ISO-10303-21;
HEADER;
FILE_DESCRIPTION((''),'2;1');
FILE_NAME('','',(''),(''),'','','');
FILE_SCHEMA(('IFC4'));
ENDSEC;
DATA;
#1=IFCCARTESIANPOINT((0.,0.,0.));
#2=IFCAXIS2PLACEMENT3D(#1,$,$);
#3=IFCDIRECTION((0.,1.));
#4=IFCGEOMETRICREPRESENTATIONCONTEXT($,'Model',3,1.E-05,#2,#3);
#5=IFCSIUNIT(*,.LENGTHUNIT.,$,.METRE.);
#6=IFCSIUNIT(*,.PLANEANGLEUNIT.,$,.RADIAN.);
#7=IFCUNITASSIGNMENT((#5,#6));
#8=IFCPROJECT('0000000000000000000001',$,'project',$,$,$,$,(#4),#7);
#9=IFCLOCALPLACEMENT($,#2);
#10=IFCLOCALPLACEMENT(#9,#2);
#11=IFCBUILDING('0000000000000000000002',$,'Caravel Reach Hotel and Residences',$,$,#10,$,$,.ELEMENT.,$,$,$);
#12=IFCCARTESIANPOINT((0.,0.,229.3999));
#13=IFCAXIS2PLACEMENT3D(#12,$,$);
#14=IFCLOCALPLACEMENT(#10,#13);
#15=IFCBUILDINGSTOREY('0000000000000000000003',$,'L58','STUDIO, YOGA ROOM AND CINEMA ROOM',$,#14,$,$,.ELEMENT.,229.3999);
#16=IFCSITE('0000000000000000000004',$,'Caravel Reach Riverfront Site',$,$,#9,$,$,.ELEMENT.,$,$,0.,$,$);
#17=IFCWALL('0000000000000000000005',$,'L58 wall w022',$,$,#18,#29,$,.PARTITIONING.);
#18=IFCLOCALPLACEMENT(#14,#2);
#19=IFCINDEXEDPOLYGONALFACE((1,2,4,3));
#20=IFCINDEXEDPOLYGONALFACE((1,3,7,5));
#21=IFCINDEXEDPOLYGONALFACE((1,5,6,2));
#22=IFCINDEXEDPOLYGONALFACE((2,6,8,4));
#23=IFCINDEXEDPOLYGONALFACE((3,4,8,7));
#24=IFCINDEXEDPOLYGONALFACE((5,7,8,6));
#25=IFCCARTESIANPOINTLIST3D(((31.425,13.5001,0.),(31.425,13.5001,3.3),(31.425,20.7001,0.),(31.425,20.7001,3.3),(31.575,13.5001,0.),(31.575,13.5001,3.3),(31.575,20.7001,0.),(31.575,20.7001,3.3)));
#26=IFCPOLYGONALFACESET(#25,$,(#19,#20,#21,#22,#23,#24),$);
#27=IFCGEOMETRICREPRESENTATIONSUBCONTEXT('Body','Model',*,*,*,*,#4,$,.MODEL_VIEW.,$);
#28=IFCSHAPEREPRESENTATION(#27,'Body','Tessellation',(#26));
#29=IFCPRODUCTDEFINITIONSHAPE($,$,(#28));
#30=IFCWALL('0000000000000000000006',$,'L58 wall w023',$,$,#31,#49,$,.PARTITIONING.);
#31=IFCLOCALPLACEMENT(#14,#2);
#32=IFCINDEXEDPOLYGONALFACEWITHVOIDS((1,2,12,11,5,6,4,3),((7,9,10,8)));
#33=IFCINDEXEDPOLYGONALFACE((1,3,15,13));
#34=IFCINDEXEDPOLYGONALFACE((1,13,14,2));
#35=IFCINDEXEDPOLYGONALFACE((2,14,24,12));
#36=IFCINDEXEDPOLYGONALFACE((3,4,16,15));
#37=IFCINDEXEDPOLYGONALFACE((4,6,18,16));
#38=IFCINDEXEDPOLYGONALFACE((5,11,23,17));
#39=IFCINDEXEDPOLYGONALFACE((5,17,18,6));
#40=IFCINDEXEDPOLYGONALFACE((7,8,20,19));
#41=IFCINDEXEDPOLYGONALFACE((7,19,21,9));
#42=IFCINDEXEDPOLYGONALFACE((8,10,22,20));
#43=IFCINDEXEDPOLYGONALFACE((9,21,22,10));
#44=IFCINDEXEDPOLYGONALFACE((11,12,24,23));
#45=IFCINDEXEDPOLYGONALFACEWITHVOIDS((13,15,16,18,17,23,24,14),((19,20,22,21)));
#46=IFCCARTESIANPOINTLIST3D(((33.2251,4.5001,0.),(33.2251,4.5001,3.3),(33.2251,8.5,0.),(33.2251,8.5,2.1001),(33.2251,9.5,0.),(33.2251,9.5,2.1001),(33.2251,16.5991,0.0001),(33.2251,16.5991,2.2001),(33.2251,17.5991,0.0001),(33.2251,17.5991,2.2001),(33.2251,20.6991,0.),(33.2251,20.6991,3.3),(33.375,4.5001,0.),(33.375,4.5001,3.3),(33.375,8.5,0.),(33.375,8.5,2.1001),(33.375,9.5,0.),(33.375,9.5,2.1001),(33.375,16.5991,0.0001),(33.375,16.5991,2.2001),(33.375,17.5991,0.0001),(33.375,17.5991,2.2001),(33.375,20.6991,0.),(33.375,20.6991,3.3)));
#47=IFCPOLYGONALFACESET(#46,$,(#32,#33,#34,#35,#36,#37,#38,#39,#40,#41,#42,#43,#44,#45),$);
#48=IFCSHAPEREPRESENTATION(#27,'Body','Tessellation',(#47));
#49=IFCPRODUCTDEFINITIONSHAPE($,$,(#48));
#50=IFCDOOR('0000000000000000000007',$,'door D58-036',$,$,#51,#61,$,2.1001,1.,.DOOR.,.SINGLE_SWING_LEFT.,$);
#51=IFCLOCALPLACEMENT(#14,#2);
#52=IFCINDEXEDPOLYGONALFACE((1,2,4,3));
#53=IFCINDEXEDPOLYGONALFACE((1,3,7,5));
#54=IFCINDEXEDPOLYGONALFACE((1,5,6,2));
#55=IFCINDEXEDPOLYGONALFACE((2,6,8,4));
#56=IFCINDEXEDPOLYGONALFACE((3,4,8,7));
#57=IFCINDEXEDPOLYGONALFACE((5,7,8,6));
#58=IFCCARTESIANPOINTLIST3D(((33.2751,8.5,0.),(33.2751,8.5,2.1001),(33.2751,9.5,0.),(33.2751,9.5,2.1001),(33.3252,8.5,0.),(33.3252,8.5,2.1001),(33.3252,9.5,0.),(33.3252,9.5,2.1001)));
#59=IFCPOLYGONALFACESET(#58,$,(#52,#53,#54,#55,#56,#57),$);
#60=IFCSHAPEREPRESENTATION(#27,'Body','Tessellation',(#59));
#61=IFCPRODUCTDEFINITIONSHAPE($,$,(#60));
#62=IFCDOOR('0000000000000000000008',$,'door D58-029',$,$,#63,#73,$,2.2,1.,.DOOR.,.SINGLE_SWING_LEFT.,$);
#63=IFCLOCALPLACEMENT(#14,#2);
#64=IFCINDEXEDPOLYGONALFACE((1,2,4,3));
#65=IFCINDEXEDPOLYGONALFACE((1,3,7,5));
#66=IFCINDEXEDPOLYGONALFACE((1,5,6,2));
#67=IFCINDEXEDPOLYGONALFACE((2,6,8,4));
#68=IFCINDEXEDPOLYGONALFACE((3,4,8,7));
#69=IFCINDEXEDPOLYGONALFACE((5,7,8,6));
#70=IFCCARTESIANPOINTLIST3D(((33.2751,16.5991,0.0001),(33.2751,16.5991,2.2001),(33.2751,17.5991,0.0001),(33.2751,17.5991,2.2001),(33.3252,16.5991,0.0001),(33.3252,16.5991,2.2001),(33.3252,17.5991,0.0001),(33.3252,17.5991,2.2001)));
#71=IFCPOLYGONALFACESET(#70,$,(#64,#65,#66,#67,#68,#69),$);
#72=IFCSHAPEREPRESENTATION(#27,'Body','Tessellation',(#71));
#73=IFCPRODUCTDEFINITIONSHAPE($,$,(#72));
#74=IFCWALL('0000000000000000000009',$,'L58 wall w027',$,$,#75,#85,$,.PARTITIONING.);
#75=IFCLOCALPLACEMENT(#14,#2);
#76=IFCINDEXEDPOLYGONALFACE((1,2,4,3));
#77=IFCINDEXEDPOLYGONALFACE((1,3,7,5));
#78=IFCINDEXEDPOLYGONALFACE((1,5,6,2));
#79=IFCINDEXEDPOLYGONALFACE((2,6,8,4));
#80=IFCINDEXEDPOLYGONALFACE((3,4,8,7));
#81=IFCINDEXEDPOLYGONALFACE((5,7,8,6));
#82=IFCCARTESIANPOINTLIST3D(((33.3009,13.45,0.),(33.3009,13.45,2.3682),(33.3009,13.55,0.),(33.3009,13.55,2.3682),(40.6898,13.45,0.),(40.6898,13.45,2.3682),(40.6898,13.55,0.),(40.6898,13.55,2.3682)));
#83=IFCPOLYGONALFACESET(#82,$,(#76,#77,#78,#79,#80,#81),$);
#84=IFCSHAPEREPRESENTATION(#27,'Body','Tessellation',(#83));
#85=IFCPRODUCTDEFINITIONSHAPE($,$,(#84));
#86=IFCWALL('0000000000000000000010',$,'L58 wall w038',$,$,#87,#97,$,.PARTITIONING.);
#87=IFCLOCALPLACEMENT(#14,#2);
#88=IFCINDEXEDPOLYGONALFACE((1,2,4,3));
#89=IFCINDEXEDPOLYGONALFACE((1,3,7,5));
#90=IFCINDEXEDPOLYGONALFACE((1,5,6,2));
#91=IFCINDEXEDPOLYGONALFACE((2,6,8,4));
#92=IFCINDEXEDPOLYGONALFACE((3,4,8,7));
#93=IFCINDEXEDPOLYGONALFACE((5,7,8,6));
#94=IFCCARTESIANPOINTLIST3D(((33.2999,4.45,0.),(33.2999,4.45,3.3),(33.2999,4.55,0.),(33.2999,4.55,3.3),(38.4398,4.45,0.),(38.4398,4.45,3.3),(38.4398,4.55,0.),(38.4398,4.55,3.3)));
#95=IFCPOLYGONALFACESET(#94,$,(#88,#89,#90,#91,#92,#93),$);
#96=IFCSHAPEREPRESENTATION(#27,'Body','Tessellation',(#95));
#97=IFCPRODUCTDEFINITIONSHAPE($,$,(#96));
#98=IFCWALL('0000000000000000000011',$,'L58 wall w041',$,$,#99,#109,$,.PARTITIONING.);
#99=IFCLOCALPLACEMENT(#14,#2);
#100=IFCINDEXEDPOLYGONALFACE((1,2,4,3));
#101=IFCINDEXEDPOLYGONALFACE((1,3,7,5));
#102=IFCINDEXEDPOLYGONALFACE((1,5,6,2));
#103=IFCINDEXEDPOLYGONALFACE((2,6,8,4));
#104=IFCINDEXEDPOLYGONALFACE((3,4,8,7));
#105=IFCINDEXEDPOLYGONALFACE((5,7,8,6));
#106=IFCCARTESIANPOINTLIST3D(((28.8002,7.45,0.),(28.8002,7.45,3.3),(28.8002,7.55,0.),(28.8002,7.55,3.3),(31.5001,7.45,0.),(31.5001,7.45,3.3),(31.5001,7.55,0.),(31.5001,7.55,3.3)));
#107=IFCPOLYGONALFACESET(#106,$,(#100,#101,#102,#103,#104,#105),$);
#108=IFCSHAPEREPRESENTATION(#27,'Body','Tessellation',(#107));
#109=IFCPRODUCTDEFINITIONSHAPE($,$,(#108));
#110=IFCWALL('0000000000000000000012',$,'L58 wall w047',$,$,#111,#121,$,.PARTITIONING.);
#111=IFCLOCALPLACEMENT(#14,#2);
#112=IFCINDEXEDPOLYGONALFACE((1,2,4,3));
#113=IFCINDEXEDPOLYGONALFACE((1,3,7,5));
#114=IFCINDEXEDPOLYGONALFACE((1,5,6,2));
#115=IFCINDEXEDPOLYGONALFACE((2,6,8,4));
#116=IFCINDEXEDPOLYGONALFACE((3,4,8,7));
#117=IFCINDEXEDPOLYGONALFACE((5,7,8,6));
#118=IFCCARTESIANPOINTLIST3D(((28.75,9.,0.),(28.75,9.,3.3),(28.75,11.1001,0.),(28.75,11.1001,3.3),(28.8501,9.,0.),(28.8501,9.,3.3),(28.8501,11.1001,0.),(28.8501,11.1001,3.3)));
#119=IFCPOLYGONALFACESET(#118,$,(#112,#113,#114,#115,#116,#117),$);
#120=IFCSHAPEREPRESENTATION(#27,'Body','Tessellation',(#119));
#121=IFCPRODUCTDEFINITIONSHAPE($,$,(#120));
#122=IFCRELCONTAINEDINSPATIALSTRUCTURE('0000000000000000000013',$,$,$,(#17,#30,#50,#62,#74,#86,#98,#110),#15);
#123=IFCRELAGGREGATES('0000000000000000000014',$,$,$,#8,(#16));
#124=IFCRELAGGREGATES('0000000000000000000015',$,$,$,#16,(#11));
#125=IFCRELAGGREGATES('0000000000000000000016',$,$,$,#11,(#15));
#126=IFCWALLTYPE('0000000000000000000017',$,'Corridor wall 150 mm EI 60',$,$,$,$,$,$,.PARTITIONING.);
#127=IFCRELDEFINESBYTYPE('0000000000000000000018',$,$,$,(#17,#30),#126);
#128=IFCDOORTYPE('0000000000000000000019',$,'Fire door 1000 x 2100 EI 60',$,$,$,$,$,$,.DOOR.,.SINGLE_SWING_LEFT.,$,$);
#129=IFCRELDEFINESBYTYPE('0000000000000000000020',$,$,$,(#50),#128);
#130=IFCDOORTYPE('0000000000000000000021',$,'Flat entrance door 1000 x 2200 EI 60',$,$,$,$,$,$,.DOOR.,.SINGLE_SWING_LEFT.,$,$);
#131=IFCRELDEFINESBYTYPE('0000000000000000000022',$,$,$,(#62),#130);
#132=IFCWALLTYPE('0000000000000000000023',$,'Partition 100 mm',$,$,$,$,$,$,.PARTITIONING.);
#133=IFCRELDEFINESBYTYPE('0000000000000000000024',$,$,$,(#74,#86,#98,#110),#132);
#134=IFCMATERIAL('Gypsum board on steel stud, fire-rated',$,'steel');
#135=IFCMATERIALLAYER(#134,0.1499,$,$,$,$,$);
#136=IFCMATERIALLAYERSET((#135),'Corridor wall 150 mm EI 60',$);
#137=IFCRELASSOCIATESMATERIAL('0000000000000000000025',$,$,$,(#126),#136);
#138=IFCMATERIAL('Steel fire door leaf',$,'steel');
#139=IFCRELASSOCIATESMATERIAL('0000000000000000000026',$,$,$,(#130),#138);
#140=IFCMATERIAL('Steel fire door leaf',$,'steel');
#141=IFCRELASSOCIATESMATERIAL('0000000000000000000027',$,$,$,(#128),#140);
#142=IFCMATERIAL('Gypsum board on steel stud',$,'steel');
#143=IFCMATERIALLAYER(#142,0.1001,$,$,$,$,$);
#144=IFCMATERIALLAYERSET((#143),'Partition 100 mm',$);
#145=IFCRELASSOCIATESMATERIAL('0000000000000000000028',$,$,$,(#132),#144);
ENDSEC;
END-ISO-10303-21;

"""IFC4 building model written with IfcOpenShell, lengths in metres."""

from ifc_helpers import new_model, si_unit, direction, frame, frame_2d, origin, place, context, subcontext, project, spatial, rectangle, extrude, material, layer, layer_set, type_object, element, fill, save


model = new_model("IFC4")

# Units and contexts
model_context = context("Model", 3, precision=1e-05, world=origin(), true_north=direction((0.0, 1.0)))
body_context = subcontext(model_context, "Body", "Model", "MODEL_VIEW")
ifc_project = project(units=[si_unit("LENGTHUNIT", "METRE"), si_unit("PLANEANGLEUNIT", "RADIAN")], contexts=[model_context])

# Site, building, storey
site_placement = place(None, origin())
site = spatial("IfcSite", under=ifc_project, at=site_placement, Name="Caravel Reach Riverfront Site", CompositionType="ELEMENT", RefElevation=0.0)
building_placement = place(site_placement, origin())
building = spatial("IfcBuilding", under=site, at=building_placement, Name="Caravel Reach Hotel and Residences", CompositionType="ELEMENT")
storey_placement = place(building_placement, frame((0.0, 0.0, 229.3999)))
storey = spatial("IfcBuildingStorey", under=building, at=storey_placement, Name="L58", Description="STUDIO, YOGA ROOM AND CINEMA ROOM", CompositionType="ELEMENT", Elevation=229.3999)

# Shared definitions
ifc_material_1 = material(Name="Gypsum board on steel stud, fire-rated", Category="steel")
ifc_layer_1 = layer(ifc_material_1, 0.1499)
ifc_layer_set_1 = layer_set([ifc_layer_1], Name="Corridor wall 150 mm EI 60")
wall_type_1 = type_object("IfcWallType", Name="Corridor wall 150 mm EI 60", PredefinedType="PARTITIONING", material=ifc_layer_set_1)
ifc_material_2 = material(Name="Steel fire door leaf", Category="steel")
door_type_1 = type_object("IfcDoorType", Name="Flat entrance door 1000 x 2200 EI 60", OperationType="SINGLE_SWING_LEFT", PredefinedType="DOOR", material=ifc_material_2)

# Wall
wall_1_placement = place(storey_placement, frame((31.5, 13.5, 0.0), z_axis=(0.0, 0.0, 1.0), x_axis=(0.0, 1.0, 0.0)))
element("IfcWall", 1, at=wall_1_placement, inside=storey, type_object=wall_type_1, Name="L58 wall w022", PredefinedType="PARTITIONING", context=body_context, shape_type="SweptSolid", body=[
    extrude(rectangle(XDim=7.2, YDim=0.1499, at=frame_2d((3.6001, 0.0))), origin(), (0.0, 0.0, 1.0), 3.3),
])

# Wall, openings, doors
wall_2_placement = place(storey_placement, frame((33.3, 4.5, 0.0), z_axis=(0.0, 0.0, 1.0), x_axis=(0.0, 1.0, 0.0)))
wall_2 = element("IfcWall", 2, at=wall_2_placement, inside=storey, type_object=wall_type_1, Name="L58 wall w023", PredefinedType="PARTITIONING", context=body_context, shape_type="SweptSolid", body=[
    extrude(rectangle(XDim=16.199, YDim=0.1499, at=frame_2d((8.0996, 0.0))), origin(), (0.0, 0.0, 1.0), 3.3),
])
opening_1_placement = place(wall_2_placement, frame((12.0991, 0.0, 0.0)))
opening_1 = element("IfcOpeningElement", 3, at=opening_1_placement, cuts=wall_2, PredefinedType="OPENING", context=body_context, shape_type="SweptSolid", body=[
    extrude(rectangle(XDim=1.0, YDim=2.2, at=frame_2d((0.5, 1.1001))), frame((0.0, 0.085, 0.0), z_axis=(0.0, -1.0, 0.0), x_axis=(1.0, 0.0, 0.0)), (0.0, 0.0, 1.0), 0.1699),
])
opening_2_placement = place(wall_2_placement, frame((4.0, 0.0, 0.0)))
opening_2 = element("IfcOpeningElement", 4, at=opening_2_placement, cuts=wall_2, PredefinedType="OPENING", context=body_context, shape_type="SweptSolid", body=[
    extrude(rectangle(XDim=1.0, YDim=2.1001, at=frame_2d((0.5, 1.05))), frame((0.0, 0.085, 0.0), z_axis=(0.0, -1.0, 0.0), x_axis=(1.0, 0.0, 0.0)), (0.0, 0.0, 1.0), 0.1699),
])
ifc_material_3 = material(Name="Steel fire door leaf", Category="steel")
door_type_2 = type_object("IfcDoorType", Name="Fire door 1000 x 2100 EI 60", OperationType="SINGLE_SWING_LEFT", PredefinedType="DOOR", material=ifc_material_3)
door_1_placement = place(opening_2_placement, origin())
door_1 = element("IfcDoor", 5, at=door_1_placement, inside=storey, type_object=door_type_2, Name="door D58-036", OperationType="SINGLE_SWING_LEFT", OverallHeight=2.1001, OverallWidth=1.0, PredefinedType="DOOR", context=body_context, shape_type="SweptSolid", body=[
    extrude(rectangle(XDim=1.0, YDim=2.1001, at=frame_2d((0.5, 1.05))), frame((0.0, 0.0249, 0.0), z_axis=(0.0, -1.0, 0.0), x_axis=(1.0, 0.0, 0.0)), (0.0, 0.0, 1.0), 0.05),
])
fill(opening_2, door_1)
door_2_placement = place(opening_1_placement, origin())
door_2 = element("IfcDoor", 6, at=door_2_placement, inside=storey, type_object=door_type_1, Name="door D58-029", OperationType="SINGLE_SWING_LEFT", OverallHeight=2.2, OverallWidth=1.0, PredefinedType="DOOR", context=body_context, shape_type="SweptSolid", body=[
    extrude(rectangle(XDim=1.0, YDim=2.2, at=frame_2d((0.5, 1.1001))), frame((0.0, 0.0249, 0.0), z_axis=(0.0, -1.0, 0.0), x_axis=(1.0, 0.0, 0.0)), (0.0, 0.0, 1.0), 0.05),
])
fill(opening_1, door_2)

# Walls
ifc_material_4 = material(Name="Gypsum board on steel stud", Category="steel")
ifc_layer_2 = layer(ifc_material_4, 0.1001)
ifc_layer_set_2 = layer_set([ifc_layer_2], Name="Partition 100 mm")
wall_type_2 = type_object("IfcWallType", Name="Partition 100 mm", PredefinedType="PARTITIONING", material=ifc_layer_set_2)
wall_3_placement = place(storey_placement, frame((33.301, 13.5, 0.0), z_axis=(0.0, 0.0, 1.0), x_axis=(1.0, 0.0, 0.0)))
element("IfcWall", 7, at=wall_3_placement, inside=storey, type_object=wall_type_2, Name="L58 wall w027", PredefinedType="PARTITIONING", context=body_context, shape_type="SweptSolid", body=[
    extrude(rectangle(XDim=7.3889, YDim=0.1001, at=frame_2d((3.6943, 0.0))), origin(), (0.0, 0.0, 1.0), 2.3682),
])
wall_4_placement = place(storey_placement, frame((33.3, 4.5, 0.0), z_axis=(0.0, 0.0, 1.0), x_axis=(1.0, 0.0, 0.0)))
element("IfcWall", 8, at=wall_4_placement, inside=storey, type_object=wall_type_2, Name="L58 wall w038", PredefinedType="PARTITIONING", context=body_context, shape_type="SweptSolid", body=[
    extrude(rectangle(XDim=5.1399, YDim=0.1001, at=frame_2d((2.5698, 0.0))), origin(), (0.0, 0.0, 1.0), 3.3),
])
wall_5_placement = place(storey_placement, frame((28.8, 7.5, 0.0), z_axis=(0.0, 0.0, 1.0), x_axis=(1.0, 0.0, 0.0)))
element("IfcWall", 9, at=wall_5_placement, inside=storey, type_object=wall_type_2, Name="L58 wall w041", PredefinedType="PARTITIONING", context=body_context, shape_type="SweptSolid", body=[
    extrude(rectangle(XDim=2.7, YDim=0.1001, at=frame_2d((1.3501, 0.0))), origin(), (0.0, 0.0, 1.0), 3.3),
])
wall_6_placement = place(storey_placement, frame((28.8, 9.0, 0.0), z_axis=(0.0, 0.0, 1.0), x_axis=(0.0, 1.0, 0.0)))
element("IfcWall", 10, at=wall_6_placement, inside=storey, type_object=wall_type_2, Name="L58 wall w047", PredefinedType="PARTITIONING", context=body_context, shape_type="SweptSolid", body=[
    extrude(rectangle(XDim=2.1001, YDim=0.1001, at=frame_2d((1.05, 0.0))), origin(), (0.0, 0.0, 1.0), 3.3),
])

save(model, "model.ifc")
